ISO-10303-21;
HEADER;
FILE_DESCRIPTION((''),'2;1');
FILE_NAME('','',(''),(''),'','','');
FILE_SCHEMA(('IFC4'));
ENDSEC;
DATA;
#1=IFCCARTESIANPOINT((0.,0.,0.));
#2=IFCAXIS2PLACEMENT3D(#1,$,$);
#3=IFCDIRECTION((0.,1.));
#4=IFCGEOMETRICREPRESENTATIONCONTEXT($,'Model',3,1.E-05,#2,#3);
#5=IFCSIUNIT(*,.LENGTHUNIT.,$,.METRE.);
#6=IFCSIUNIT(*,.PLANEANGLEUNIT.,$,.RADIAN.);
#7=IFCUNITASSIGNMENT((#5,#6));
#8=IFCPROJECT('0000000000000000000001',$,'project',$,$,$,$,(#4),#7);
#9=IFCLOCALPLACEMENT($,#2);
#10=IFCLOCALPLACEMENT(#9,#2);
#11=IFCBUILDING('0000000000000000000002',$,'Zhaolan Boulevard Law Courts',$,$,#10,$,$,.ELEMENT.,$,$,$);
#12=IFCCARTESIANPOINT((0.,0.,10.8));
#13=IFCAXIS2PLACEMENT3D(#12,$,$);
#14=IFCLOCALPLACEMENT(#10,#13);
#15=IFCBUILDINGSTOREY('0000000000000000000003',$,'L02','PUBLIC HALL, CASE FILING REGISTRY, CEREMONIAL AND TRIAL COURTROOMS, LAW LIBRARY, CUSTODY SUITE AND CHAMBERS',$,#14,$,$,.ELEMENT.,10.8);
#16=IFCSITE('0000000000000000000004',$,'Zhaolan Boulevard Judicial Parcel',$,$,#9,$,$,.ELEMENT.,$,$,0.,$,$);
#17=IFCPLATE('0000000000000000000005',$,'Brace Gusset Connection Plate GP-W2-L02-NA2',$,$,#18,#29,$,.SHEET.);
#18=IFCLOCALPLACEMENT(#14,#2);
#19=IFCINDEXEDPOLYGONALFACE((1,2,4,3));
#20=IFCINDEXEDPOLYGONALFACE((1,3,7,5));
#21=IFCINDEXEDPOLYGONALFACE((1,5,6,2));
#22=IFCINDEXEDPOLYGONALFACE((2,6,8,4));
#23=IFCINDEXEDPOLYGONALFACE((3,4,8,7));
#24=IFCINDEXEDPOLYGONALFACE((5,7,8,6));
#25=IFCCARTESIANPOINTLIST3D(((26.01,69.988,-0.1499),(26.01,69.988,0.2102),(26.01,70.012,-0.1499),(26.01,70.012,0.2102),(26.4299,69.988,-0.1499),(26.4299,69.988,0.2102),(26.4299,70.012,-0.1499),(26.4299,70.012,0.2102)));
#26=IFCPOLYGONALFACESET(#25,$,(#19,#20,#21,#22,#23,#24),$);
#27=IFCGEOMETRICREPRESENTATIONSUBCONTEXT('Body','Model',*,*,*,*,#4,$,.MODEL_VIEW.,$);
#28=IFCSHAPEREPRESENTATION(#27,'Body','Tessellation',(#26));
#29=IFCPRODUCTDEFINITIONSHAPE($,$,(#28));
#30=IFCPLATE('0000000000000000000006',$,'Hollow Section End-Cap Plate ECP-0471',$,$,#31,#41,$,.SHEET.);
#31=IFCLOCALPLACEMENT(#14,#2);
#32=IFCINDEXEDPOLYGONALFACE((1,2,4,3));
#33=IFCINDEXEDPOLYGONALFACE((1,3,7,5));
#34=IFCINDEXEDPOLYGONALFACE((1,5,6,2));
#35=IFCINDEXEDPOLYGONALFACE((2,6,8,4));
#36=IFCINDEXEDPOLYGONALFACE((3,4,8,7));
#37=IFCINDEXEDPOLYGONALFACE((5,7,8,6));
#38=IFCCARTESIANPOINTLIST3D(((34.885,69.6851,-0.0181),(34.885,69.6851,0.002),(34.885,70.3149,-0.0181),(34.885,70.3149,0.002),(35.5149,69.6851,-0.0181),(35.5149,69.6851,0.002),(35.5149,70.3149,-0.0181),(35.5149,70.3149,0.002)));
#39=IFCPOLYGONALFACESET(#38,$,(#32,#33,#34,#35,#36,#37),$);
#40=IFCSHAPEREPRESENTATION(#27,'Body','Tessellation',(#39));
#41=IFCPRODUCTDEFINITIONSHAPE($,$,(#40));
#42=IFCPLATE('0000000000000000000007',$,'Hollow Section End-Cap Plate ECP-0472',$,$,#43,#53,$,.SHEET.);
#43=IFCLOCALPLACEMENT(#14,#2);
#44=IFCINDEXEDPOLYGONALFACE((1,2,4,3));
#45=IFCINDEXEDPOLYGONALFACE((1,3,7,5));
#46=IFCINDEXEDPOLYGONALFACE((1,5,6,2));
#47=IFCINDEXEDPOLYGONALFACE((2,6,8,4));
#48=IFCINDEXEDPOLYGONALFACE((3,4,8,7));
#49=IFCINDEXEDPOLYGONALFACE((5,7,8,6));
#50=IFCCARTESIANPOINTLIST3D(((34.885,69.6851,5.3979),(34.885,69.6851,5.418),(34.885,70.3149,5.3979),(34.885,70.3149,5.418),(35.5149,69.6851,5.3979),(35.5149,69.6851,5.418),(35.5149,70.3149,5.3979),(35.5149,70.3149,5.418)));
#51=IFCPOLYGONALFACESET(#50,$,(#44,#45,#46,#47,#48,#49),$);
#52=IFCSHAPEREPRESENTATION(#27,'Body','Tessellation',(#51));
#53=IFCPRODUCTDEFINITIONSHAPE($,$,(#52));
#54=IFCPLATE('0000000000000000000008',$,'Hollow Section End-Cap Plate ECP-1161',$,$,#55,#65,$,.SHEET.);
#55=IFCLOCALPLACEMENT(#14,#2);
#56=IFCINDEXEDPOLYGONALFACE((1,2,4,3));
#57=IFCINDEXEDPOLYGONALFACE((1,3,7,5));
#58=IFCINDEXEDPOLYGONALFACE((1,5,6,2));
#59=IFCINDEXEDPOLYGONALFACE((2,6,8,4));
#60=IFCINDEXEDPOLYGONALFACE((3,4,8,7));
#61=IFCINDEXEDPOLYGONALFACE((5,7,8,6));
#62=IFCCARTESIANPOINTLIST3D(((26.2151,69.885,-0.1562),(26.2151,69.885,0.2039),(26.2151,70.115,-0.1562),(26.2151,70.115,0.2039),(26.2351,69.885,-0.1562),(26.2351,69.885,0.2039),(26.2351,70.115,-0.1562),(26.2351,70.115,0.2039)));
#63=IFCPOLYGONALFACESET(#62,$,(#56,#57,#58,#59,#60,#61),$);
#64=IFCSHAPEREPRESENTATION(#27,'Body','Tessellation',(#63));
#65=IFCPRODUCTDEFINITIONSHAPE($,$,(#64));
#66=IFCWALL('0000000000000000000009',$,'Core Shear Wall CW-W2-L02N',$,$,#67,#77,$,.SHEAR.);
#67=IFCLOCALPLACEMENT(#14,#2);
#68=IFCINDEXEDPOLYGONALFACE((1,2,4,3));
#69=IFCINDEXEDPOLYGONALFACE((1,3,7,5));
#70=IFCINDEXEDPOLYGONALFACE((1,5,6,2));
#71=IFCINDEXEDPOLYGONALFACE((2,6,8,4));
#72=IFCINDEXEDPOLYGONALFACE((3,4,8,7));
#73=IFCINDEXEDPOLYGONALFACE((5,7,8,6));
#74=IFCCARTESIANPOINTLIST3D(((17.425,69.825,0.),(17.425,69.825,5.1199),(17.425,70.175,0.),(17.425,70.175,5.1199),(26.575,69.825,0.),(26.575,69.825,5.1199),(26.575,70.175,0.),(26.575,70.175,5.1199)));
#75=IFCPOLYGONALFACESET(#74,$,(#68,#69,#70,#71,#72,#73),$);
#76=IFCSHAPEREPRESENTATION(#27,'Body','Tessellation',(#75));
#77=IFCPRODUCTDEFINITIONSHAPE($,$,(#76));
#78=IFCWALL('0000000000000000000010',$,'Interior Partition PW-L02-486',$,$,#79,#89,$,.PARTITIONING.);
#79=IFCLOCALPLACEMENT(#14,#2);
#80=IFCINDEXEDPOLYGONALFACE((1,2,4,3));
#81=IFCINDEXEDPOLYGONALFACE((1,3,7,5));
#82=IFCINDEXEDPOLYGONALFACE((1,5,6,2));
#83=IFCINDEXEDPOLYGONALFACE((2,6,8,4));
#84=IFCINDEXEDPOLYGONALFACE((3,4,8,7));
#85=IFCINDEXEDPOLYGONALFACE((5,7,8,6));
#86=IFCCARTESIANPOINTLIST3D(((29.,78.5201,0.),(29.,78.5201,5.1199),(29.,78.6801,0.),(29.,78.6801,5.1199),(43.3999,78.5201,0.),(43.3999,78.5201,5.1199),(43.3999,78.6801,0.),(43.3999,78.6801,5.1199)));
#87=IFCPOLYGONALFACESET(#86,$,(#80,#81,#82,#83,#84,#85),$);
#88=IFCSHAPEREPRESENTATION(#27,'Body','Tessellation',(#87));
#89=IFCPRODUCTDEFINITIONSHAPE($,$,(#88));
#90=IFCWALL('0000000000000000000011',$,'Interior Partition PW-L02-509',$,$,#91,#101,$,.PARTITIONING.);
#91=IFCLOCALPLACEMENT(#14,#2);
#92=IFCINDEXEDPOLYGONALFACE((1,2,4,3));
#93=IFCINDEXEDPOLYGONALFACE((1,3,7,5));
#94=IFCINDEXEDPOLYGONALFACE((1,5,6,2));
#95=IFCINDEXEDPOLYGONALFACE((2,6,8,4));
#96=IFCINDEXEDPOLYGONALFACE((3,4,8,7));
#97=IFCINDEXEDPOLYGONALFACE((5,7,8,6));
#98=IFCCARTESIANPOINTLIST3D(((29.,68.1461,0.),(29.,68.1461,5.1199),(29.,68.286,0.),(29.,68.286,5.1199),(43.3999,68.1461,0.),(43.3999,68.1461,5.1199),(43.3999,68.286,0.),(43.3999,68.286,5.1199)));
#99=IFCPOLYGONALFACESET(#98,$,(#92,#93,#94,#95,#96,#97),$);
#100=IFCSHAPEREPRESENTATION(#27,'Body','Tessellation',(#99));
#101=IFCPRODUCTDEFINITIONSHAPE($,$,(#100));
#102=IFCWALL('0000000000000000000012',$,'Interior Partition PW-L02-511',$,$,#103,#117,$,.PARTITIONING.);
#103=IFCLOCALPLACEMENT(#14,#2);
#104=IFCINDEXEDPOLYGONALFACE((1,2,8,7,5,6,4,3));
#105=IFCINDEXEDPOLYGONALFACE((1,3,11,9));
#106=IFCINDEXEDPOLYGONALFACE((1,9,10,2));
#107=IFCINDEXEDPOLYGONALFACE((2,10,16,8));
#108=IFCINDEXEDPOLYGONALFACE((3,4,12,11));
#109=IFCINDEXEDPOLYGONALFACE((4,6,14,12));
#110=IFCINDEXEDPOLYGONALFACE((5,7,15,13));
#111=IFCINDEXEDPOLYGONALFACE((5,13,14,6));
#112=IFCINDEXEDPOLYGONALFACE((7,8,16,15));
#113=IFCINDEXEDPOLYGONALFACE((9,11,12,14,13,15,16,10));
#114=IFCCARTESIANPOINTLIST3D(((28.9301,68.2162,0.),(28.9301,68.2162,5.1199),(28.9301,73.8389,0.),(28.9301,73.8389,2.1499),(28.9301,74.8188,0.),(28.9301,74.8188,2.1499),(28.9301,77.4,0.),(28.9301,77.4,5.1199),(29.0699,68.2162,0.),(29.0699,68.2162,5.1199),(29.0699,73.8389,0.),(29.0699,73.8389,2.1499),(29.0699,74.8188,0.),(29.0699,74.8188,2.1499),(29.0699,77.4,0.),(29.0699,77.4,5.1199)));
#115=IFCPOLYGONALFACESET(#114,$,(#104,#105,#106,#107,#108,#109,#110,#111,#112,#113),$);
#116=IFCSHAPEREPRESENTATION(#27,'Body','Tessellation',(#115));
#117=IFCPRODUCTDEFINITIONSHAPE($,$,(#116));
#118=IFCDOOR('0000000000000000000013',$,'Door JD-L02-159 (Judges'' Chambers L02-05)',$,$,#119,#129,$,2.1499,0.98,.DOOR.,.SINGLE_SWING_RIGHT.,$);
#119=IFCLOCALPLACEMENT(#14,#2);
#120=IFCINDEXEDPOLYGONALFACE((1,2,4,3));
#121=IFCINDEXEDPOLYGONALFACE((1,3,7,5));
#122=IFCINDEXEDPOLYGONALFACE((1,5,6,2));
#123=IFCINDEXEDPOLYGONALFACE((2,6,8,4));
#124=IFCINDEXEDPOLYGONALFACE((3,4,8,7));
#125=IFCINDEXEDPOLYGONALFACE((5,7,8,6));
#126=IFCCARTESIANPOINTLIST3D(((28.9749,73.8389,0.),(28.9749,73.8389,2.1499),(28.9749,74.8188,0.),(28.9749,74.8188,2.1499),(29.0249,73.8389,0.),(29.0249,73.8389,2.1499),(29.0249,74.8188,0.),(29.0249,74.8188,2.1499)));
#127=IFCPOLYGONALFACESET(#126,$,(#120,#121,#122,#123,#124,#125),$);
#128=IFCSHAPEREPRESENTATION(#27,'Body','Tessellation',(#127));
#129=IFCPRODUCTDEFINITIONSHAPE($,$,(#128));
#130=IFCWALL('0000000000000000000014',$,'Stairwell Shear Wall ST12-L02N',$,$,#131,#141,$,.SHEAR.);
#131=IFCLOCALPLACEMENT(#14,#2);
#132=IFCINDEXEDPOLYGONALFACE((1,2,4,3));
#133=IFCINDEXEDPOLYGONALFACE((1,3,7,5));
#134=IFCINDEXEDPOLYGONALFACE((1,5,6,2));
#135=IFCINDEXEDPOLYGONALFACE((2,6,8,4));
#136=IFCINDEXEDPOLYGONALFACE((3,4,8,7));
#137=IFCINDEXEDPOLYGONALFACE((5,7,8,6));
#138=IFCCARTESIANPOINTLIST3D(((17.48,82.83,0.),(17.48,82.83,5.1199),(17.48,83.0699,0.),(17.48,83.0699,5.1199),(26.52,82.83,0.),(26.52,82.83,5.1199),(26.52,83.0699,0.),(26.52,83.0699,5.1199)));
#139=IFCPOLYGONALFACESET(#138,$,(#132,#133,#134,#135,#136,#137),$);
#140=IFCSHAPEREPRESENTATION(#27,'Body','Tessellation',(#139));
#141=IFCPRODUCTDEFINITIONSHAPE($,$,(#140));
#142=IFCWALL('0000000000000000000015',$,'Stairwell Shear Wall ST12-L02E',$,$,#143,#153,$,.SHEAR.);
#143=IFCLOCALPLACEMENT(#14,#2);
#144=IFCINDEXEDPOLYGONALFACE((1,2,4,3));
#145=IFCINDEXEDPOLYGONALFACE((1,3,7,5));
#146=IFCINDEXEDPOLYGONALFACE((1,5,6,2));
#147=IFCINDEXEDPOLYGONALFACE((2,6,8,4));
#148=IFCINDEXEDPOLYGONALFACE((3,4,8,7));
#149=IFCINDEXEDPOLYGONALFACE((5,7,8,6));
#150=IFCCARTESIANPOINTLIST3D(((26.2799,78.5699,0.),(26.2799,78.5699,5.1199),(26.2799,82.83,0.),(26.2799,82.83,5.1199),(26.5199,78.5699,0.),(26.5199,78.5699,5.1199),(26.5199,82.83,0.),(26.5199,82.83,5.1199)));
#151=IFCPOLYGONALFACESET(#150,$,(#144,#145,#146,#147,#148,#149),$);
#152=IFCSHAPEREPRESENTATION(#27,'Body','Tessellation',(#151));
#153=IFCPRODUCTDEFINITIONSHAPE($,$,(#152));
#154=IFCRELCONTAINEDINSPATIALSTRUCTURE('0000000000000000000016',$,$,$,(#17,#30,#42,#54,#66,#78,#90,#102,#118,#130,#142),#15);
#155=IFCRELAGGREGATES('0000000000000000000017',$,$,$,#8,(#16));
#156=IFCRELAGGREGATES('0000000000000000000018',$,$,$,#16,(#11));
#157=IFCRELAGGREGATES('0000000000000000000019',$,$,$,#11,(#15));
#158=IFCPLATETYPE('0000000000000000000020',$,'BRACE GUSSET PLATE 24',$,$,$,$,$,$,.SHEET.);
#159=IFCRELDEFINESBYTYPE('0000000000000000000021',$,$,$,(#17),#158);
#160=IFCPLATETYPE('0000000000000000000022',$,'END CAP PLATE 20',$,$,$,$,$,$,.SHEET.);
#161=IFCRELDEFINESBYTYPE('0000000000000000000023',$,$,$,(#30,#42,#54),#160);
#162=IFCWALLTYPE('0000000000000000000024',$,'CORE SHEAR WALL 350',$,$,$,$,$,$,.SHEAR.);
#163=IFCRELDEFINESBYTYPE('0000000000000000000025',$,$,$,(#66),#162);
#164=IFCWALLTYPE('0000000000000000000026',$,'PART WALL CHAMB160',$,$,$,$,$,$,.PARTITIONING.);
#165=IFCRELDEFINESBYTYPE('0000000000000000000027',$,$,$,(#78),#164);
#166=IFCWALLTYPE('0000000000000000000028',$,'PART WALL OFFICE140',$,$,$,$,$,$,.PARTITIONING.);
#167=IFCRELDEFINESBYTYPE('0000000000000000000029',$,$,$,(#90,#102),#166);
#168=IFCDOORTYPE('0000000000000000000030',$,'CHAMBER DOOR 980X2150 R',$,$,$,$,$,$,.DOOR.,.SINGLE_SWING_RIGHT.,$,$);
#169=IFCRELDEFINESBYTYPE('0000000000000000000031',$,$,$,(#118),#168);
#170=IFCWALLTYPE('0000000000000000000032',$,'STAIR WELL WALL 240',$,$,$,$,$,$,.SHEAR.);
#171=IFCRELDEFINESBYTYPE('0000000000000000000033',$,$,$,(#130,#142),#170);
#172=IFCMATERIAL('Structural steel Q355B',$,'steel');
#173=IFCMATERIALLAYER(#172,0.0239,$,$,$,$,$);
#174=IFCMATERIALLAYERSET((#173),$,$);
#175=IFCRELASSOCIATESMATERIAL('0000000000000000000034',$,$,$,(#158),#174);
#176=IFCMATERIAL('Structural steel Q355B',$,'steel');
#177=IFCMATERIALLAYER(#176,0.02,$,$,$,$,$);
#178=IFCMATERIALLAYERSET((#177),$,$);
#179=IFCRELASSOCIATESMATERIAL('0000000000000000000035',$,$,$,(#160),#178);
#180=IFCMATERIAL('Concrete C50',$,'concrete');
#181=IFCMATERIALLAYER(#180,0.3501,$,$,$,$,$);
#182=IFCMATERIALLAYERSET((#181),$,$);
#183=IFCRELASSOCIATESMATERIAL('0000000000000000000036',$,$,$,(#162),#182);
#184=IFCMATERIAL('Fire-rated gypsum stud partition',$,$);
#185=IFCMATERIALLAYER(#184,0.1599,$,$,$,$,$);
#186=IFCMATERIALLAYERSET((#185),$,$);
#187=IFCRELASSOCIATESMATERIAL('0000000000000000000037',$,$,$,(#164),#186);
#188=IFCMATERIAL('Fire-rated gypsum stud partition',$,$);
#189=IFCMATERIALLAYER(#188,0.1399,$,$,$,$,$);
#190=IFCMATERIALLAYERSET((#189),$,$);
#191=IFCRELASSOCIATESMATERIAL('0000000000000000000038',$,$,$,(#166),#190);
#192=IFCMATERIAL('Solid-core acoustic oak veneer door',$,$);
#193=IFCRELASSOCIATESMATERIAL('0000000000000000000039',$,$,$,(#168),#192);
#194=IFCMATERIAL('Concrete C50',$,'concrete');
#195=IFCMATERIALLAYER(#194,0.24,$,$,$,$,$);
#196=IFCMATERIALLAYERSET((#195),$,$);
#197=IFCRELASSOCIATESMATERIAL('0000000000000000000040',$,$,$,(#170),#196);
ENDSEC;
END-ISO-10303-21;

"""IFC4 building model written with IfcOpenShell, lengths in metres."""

from ifc_helpers import new_model, si_unit, direction, frame, frame_2d, origin, origin_2d, place, context, subcontext, project, spatial, rectangle, extrude, material, layer, layer_set, type_object, element, fill, save


model = new_model("IFC4")

# Units and contexts
model_context = context("Model", 3, precision=1e-05, world=origin(), true_north=direction((0.0, 1.0)))
body_context = subcontext(model_context, "Body", "Model", "MODEL_VIEW")
ifc_project = project(units=[si_unit("LENGTHUNIT", "METRE"), si_unit("PLANEANGLEUNIT", "RADIAN")], contexts=[model_context])

# Site, building, storey
site_placement = place(None, origin())
site = spatial("IfcSite", under=ifc_project, at=site_placement, Name="Zhaolan Boulevard Judicial Parcel", CompositionType="ELEMENT", RefElevation=0.0)
building_placement = place(site_placement, origin())
building = spatial("IfcBuilding", under=site, at=building_placement, Name="Zhaolan Boulevard Law Courts", CompositionType="ELEMENT")
storey_placement = place(building_placement, frame((0.0, 0.0, 10.8)))
storey = spatial("IfcBuildingStorey", under=building, at=storey_placement, Name="L02", Description="PUBLIC HALL, CASE FILING REGISTRY, CEREMONIAL AND TRIAL COURTROOMS, LAW LIBRARY, CUSTODY SUITE AND CHAMBERS", CompositionType="ELEMENT", Elevation=10.8)

# Plates
ifc_material_1 = material(Name="Structural steel Q355B", Category="steel")
ifc_layer_1 = layer(ifc_material_1, 0.0239)
ifc_layer_set_1 = layer_set([ifc_layer_1])
plate_type_1 = type_object("IfcPlateType", Name="BRACE GUSSET PLATE 24", PredefinedType="SHEET", material=ifc_layer_set_1)
plate_1_placement = place(storey_placement, frame((26.22, 70.0, -0.1499), z_axis=(0.0, 0.0, 1.0), x_axis=(1.0, 0.0, 0.0)))
element("IfcPlate", 1, at=plate_1_placement, inside=storey, type_object=plate_type_1, Name="Brace Gusset Connection Plate GP-W2-L02-NA2", PredefinedType="SHEET", context=body_context, shape_type="SweptSolid", body=[
    extrude(rectangle(XDim=0.4199, YDim=0.0239, at=origin_2d()), origin(), (0.0, 0.0, 1.0), 0.3601),
])
ifc_material_2 = material(Name="Structural steel Q355B", Category="steel")
ifc_layer_2 = layer(ifc_material_2, 0.02)
ifc_layer_set_2 = layer_set([ifc_layer_2])
plate_type_2 = type_object("IfcPlateType", Name="END CAP PLATE 20", PredefinedType="SHEET", material=ifc_layer_set_2)
for number, where, z_axis, x_axis, name in (
    (2, (35.2, 70.0, -0.0181), (0.0, 0.0, 1.0), (1.0, 0.0, 0.0), "Hollow Section End-Cap Plate ECP-0471"),
    (3, (35.2, 70.0, 5.3979), (0.0, 0.0, 1.0), (1.0, 0.0, 0.0), "Hollow Section End-Cap Plate ECP-0472"),
):
    element("IfcPlate", number, at=place(storey_placement, frame(where, z_axis=z_axis, x_axis=x_axis)), inside=storey, type_object=plate_type_2, Name=name, PredefinedType="SHEET", context=body_context, shape_type="SweptSolid", body=[
        extrude(rectangle(XDim=0.6299, YDim=0.6299, at=origin_2d()), origin(), (0.0, 0.0, 1.0), 0.02),
    ])
plate_2_placement = place(storey_placement, frame((26.2251, 70.0, -0.1562), z_axis=(0.0, 0.0, 1.0), x_axis=(-1.0, 0.0, 0.0)))
element("IfcPlate", 4, at=plate_2_placement, inside=storey, type_object=plate_type_2, Name="Hollow Section End-Cap Plate ECP-1161", PredefinedType="SHEET", context=body_context, shape_type="SweptSolid", body=[
    extrude(rectangle(XDim=0.02, YDim=0.23, at=origin_2d()), origin(), (0.0, 0.0, 1.0), 0.3601),
])

# Walls
ifc_material_3 = material(Name="Concrete C50", Category="concrete")
ifc_layer_3 = layer(ifc_material_3, 0.3501)
ifc_layer_set_3 = layer_set([ifc_layer_3])
wall_type_1 = type_object("IfcWallType", Name="CORE SHEAR WALL 350", PredefinedType="SHEAR", material=ifc_layer_set_3)
wall_1_placement = place(storey_placement, frame((26.575, 70.0, 0.0), z_axis=(0.0, 0.0, 1.0), x_axis=(-1.0, 0.0, 0.0)))
element("IfcWall", 5, at=wall_1_placement, inside=storey, type_object=wall_type_1, Name="Core Shear Wall CW-W2-L02N", PredefinedType="SHEAR", context=body_context, shape_type="SweptSolid", body=[
    extrude(rectangle(XDim=9.1499, YDim=0.3501, at=frame_2d((4.575, 0.0))), origin(), (0.0, 0.0, 1.0), 5.1199),
])
ifc_material_4 = material(Name="Fire-rated gypsum stud partition")
ifc_layer_4 = layer(ifc_material_4, 0.1599)
ifc_layer_set_4 = layer_set([ifc_layer_4])
wall_type_2 = type_object("IfcWallType", Name="PART WALL CHAMB160", PredefinedType="PARTITIONING", material=ifc_layer_set_4)
wall_2_placement = place(storey_placement, frame((29.0, 78.6001, 0.0), z_axis=(0.0, 0.0, 1.0), x_axis=(1.0, 0.0, 0.0)))
element("IfcWall", 6, at=wall_2_placement, inside=storey, type_object=wall_type_2, Name="Interior Partition PW-L02-486", PredefinedType="PARTITIONING", context=body_context, shape_type="SweptSolid", body=[
    extrude(rectangle(XDim=14.3999, YDim=0.1599, at=frame_2d((7.2, 0.0))), origin(), (0.0, 0.0, 1.0), 5.1199),
])
ifc_material_5 = material(Name="Fire-rated gypsum stud partition")
ifc_layer_5 = layer(ifc_material_5, 0.1399)
ifc_layer_set_5 = layer_set([ifc_layer_5])
wall_type_3 = type_object("IfcWallType", Name="PART WALL OFFICE140", PredefinedType="PARTITIONING", material=ifc_layer_set_5)
wall_3_placement = place(storey_placement, frame((29.0, 68.2161, 0.0), z_axis=(0.0, 0.0, 1.0), x_axis=(1.0, 0.0, 0.0)))
element("IfcWall", 7, at=wall_3_placement, inside=storey, type_object=wall_type_3, Name="Interior Partition PW-L02-509", PredefinedType="PARTITIONING", context=body_context, shape_type="SweptSolid", body=[
    extrude(rectangle(XDim=14.3999, YDim=0.1399, at=frame_2d((7.2, 0.0))), origin(), (0.0, 0.0, 1.0), 5.1199),
])

# Wall, opening, door
wall_4_placement = place(storey_placement, frame((29.0, 77.3999, 0.0), z_axis=(0.0, 0.0, 1.0), x_axis=(0.0, -1.0, 0.0)))
wall_4 = element("IfcWall", 8, at=wall_4_placement, inside=storey, type_object=wall_type_3, Name="Interior Partition PW-L02-511", PredefinedType="PARTITIONING", context=body_context, shape_type="SweptSolid", body=[
    extrude(rectangle(XDim=9.1838, YDim=0.1399, at=frame_2d((4.5918, 0.0))), origin(), (0.0, 0.0, 1.0), 5.1199),
])
opening_placement = place(wall_4_placement, frame((2.5811, 0.0, 0.0)))
opening = element("IfcOpeningElement", 9, at=opening_placement, cuts=wall_4, PredefinedType="OPENING", context=body_context, shape_type="SweptSolid", body=[
    extrude(rectangle(XDim=0.98, YDim=2.1499, at=frame_2d((0.49, 1.075))), frame((0.0, 0.0798, 0.0), z_axis=(0.0, -1.0, 0.0), x_axis=(1.0, 0.0, 0.0)), (0.0, 0.0, 1.0), 0.1599),
])
ifc_material_6 = material(Name="Solid-core acoustic oak veneer door")
door_type = type_object("IfcDoorType", Name="CHAMBER DOOR 980X2150 R", OperationType="SINGLE_SWING_RIGHT", PredefinedType="DOOR", material=ifc_material_6)
door_placement = place(opening_placement, origin())
door = element("IfcDoor", 10, at=door_placement, inside=storey, type_object=door_type, Name="Door JD-L02-159 (Judges' Chambers L02-05)", OperationType="SINGLE_SWING_RIGHT", OverallHeight=2.1499, OverallWidth=0.98, PredefinedType="DOOR", context=body_context, shape_type="SweptSolid", body=[
    extrude(rectangle(XDim=0.98, YDim=2.1499, at=frame_2d((0.49, 1.075))), frame((0.0, 0.0249, 0.0), z_axis=(0.0, -1.0, 0.0), x_axis=(1.0, 0.0, 0.0)), (0.0, 0.0, 1.0), 0.05),
])
fill(opening, door)

# Walls
ifc_material_7 = material(Name="Concrete C50", Category="concrete")
ifc_layer_6 = layer(ifc_material_7, 0.24)
ifc_layer_set_6 = layer_set([ifc_layer_6])
wall_type_4 = type_object("IfcWallType", Name="STAIR WELL WALL 240", PredefinedType="SHEAR", material=ifc_layer_set_6)
wall_5_placement = place(storey_placement, frame((26.52, 82.95, 0.0), z_axis=(0.0, 0.0, 1.0), x_axis=(-1.0, 0.0, 0.0)))
element("IfcWall", 11, at=wall_5_placement, inside=storey, type_object=wall_type_4, Name="Stairwell Shear Wall ST12-L02N", PredefinedType="SHEAR", context=body_context, shape_type="SweptSolid", body=[
    extrude(rectangle(XDim=9.04, YDim=0.24, at=frame_2d((4.52, 0.0))), origin(), (0.0, 0.0, 1.0), 5.1199),
])
wall_6_placement = place(storey_placement, frame((26.3999, 78.5701, 0.0), z_axis=(0.0, 0.0, 1.0), x_axis=(0.0, 1.0, 0.0)))
element("IfcWall", 12, at=wall_6_placement, inside=storey, type_object=wall_type_4, Name="Stairwell Shear Wall ST12-L02E", PredefinedType="SHEAR", context=body_context, shape_type="SweptSolid", body=[
    extrude(rectangle(XDim=4.26, YDim=0.24, at=frame_2d((2.1299, 0.0))), origin(), (0.0, 0.0, 1.0), 5.1199),
])

save(model, "model.ifc")
